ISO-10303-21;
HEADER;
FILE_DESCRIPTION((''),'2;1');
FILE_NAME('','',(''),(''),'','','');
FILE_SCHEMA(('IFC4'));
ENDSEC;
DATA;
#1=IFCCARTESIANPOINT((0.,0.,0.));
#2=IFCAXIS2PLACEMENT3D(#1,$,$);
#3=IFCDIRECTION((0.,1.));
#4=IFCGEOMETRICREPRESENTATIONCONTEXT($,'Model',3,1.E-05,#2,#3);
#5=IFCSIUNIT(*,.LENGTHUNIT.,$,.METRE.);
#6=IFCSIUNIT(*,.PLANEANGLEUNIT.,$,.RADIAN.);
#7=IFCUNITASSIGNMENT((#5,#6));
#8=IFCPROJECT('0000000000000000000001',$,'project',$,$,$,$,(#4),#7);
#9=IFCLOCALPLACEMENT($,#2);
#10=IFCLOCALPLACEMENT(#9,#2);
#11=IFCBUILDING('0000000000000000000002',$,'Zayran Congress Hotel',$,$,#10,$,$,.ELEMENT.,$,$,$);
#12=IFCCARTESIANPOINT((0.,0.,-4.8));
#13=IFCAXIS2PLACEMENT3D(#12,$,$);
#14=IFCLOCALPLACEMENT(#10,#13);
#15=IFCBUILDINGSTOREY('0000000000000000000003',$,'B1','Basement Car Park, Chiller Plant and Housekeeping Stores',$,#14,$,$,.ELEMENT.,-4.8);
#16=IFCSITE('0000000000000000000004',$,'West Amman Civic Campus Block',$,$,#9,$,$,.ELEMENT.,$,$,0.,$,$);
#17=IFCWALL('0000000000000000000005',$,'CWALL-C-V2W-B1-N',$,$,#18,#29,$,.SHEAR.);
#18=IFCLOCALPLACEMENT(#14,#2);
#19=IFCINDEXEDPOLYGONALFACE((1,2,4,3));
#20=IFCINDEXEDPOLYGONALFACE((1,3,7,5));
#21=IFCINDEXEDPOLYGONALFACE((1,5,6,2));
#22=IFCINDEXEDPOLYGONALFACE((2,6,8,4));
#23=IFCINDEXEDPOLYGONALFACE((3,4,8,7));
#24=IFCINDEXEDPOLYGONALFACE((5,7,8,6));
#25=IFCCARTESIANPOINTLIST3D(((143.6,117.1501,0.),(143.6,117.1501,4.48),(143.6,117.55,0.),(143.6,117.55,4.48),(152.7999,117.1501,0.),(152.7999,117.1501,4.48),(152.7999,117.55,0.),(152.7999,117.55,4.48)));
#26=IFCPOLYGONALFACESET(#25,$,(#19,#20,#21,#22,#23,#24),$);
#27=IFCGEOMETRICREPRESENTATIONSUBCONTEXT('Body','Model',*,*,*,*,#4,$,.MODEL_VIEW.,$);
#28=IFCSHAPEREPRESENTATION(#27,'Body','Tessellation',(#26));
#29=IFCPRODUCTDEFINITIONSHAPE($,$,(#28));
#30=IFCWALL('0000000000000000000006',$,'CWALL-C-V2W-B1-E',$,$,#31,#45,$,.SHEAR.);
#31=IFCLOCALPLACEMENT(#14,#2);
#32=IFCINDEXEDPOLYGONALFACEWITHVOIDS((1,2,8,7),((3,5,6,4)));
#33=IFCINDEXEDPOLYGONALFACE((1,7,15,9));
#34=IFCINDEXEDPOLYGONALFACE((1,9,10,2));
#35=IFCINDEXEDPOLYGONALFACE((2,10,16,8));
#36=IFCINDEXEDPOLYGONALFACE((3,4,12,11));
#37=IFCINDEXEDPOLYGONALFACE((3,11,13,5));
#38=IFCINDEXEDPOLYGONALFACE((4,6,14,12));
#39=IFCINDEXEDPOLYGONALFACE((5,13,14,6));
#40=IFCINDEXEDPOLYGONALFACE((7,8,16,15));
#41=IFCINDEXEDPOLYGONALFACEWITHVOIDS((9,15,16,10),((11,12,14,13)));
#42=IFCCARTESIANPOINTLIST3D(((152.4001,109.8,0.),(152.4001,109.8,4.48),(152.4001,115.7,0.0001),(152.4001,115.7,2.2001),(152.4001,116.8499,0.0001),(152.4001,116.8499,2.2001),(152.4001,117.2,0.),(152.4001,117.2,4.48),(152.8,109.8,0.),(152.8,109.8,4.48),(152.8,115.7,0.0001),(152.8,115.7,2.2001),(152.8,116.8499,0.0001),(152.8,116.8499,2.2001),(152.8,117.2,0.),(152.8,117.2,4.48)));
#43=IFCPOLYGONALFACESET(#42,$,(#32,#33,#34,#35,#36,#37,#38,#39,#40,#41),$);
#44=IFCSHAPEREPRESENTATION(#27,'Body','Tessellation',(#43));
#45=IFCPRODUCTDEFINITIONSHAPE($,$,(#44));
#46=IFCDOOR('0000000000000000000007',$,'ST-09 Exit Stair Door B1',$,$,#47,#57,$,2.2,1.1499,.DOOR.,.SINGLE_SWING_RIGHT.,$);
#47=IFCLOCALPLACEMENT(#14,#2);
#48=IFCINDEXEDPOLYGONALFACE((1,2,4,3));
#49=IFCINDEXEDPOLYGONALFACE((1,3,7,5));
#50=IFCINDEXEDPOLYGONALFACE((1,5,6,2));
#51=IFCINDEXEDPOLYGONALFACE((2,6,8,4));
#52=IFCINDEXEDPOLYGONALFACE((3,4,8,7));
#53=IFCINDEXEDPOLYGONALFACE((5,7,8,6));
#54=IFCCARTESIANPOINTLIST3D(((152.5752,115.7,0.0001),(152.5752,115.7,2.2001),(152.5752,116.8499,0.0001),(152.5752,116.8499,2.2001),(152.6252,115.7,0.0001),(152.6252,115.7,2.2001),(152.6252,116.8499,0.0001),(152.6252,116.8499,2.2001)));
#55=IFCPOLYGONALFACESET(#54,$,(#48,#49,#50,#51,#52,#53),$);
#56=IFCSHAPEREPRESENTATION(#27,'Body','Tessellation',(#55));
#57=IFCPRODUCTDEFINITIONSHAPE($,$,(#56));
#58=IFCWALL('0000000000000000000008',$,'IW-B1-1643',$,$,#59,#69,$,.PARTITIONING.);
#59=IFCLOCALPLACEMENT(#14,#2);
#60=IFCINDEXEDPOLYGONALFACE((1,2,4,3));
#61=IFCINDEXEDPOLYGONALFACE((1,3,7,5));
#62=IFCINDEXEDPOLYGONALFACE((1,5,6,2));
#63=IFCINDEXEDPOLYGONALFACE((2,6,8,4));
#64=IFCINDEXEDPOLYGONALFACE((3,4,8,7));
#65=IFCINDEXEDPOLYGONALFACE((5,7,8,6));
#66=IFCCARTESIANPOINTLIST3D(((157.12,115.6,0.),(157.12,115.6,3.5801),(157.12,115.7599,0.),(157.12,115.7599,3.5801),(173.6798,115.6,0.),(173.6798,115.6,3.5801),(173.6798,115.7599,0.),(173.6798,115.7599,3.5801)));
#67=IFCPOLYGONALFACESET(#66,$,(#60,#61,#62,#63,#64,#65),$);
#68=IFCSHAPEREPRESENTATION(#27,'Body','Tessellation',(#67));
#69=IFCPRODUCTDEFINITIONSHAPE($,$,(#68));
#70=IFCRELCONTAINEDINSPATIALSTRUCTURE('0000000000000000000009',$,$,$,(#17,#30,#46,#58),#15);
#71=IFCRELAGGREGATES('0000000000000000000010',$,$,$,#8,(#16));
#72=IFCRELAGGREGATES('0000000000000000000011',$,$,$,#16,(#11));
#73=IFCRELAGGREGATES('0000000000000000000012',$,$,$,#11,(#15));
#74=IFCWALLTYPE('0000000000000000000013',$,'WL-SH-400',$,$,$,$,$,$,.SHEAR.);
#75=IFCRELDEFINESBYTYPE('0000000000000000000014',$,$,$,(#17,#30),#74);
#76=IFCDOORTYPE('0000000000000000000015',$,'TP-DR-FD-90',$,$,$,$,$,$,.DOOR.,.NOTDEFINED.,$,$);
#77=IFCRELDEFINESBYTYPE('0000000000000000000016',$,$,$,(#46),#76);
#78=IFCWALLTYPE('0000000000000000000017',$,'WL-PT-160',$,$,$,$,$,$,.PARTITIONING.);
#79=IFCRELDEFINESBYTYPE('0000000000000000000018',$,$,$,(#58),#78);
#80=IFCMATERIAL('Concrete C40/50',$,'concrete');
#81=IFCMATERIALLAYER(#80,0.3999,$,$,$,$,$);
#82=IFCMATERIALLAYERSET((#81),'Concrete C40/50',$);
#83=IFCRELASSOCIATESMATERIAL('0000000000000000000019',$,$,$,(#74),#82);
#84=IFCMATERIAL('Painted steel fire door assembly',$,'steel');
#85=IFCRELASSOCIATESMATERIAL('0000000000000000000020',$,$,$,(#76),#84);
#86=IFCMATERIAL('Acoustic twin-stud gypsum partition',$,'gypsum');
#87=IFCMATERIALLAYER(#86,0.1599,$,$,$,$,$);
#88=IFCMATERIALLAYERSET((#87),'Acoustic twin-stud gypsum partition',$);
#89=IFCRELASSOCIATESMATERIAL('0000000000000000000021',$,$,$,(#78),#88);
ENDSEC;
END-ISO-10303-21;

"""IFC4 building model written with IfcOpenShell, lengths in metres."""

from ifc_helpers import new_model, si_unit, direction, frame, frame_2d, origin, place, context, subcontext, project, spatial, rectangle, extrude, material, layer, layer_set, type_object, element, fill, save


model = new_model("IFC4")

# Units and contexts
model_context = context("Model", 3, precision=1e-05, world=origin(), true_north=direction((0.0, 1.0)))
body_context = subcontext(model_context, "Body", "Model", "MODEL_VIEW")
ifc_project = project(units=[si_unit("LENGTHUNIT", "METRE"), si_unit("PLANEANGLEUNIT", "RADIAN")], contexts=[model_context])

# Site, building, storey
site_placement = place(None, origin())
site = spatial("IfcSite", under=ifc_project, at=site_placement, Name="West Amman Civic Campus Block", CompositionType="ELEMENT", RefElevation=0.0)
building_placement = place(site_placement, origin())
building = spatial("IfcBuilding", under=site, at=building_placement, Name="Zayran Congress Hotel", CompositionType="ELEMENT")
storey_placement = place(building_placement, frame((0.0, 0.0, -4.8)))
storey = spatial("IfcBuildingStorey", under=building, at=storey_placement, Name="B1", Description="Basement Car Park, Chiller Plant and Housekeeping Stores", CompositionType="ELEMENT", Elevation=-4.8)

# Shared definitions
ifc_material_1 = material(Name="Concrete C40/50", Category="concrete")

# Wall
ifc_layer_1 = layer(ifc_material_1, 0.3999)
ifc_layer_set_1 = layer_set([ifc_layer_1], Name="Concrete C40/50")
wall_type_1 = type_object("IfcWallType", Name="WL-SH-400", PredefinedType="SHEAR", material=ifc_layer_set_1)
wall_1_placement = place(storey_placement, frame((152.8, 117.3501, 0.0), z_axis=(0.0, 0.0, 1.0), x_axis=(-1.0, 0.0, 0.0)))
element("IfcWall", 1, at=wall_1_placement, inside=storey, type_object=wall_type_1, Name="CWALL-C-V2W-B1-N", PredefinedType="SHEAR", context=body_context, shape_type="SweptSolid", body=[
    extrude(rectangle(XDim=9.2, YDim=0.3999, at=frame_2d((4.6001, 0.0))), origin(), (0.0, 0.0, 1.0), 4.48),
])

# Wall, opening, door
wall_2_placement = place(storey_placement, frame((152.6001, 109.8, 0.0), z_axis=(0.0, 0.0, 1.0), x_axis=(0.0, 1.0, 0.0)))
wall_2 = element("IfcWall", 2, at=wall_2_placement, inside=storey, type_object=wall_type_1, Name="CWALL-C-V2W-B1-E", PredefinedType="SHEAR", context=body_context, shape_type="SweptSolid", body=[
    extrude(rectangle(XDim=7.3999, YDim=0.3999, at=frame_2d((3.7, 0.0))), origin(), (0.0, 0.0, 1.0), 4.48),
])
opening_placement = place(wall_2_placement, frame((5.8999, 0.0, 0.0)))
opening = element("IfcOpeningElement", 3, at=opening_placement, cuts=wall_2, PredefinedType="OPENING", context=body_context, shape_type="SweptSolid", body=[
    extrude(rectangle(XDim=1.1499, YDim=2.2, at=frame_2d((0.575, 1.1001))), frame((0.0, 0.21, 0.0), z_axis=(0.0, -1.0, 0.0), x_axis=(1.0, 0.0, 0.0)), (0.0, 0.0, 1.0), 0.4199),
])
ifc_material_2 = material(Name="Painted steel fire door assembly", Category="steel")
door_type = type_object("IfcDoorType", Name="TP-DR-FD-90", OperationType="NOTDEFINED", PredefinedType="DOOR", material=ifc_material_2)
door_placement = place(opening_placement, origin())
door = element("IfcDoor", 4, at=door_placement, inside=storey, type_object=door_type, Name="ST-09 Exit Stair Door B1", OperationType="SINGLE_SWING_RIGHT", OverallHeight=2.2, OverallWidth=1.1499, PredefinedType="DOOR", context=body_context, shape_type="SweptSolid", body=[
    extrude(rectangle(XDim=1.1499, YDim=2.2, at=frame_2d((0.575, 1.1001))), frame((0.0, 0.0249, 0.0), z_axis=(0.0, -1.0, 0.0), x_axis=(1.0, 0.0, 0.0)), (0.0, 0.0, 1.0), 0.05),
])
fill(opening, door)

# Wall
ifc_material_3 = material(Name="Acoustic twin-stud gypsum partition", Category="gypsum")
ifc_layer_2 = layer(ifc_material_3, 0.1599)
ifc_layer_set_2 = layer_set([ifc_layer_2], Name="Acoustic twin-stud gypsum partition")
wall_type_2 = type_object("IfcWallType", Name="WL-PT-160", PredefinedType="PARTITIONING", material=ifc_layer_set_2)
wall_3_placement = place(storey_placement, frame((157.1201, 115.6799, 0.0), z_axis=(0.0, 0.0, 1.0), x_axis=(1.0, 0.0, 0.0)))
element("IfcWall", 5, at=wall_3_placement, inside=storey, type_object=wall_type_2, Name="IW-B1-1643", PredefinedType="PARTITIONING", context=body_context, shape_type="SweptSolid", body=[
    extrude(rectangle(XDim=16.5598, YDim=0.1599, at=frame_2d((8.2798, 0.0))), origin(), (0.0, 0.0, 1.0), 3.5801),
])

save(model, "model.ifc")
